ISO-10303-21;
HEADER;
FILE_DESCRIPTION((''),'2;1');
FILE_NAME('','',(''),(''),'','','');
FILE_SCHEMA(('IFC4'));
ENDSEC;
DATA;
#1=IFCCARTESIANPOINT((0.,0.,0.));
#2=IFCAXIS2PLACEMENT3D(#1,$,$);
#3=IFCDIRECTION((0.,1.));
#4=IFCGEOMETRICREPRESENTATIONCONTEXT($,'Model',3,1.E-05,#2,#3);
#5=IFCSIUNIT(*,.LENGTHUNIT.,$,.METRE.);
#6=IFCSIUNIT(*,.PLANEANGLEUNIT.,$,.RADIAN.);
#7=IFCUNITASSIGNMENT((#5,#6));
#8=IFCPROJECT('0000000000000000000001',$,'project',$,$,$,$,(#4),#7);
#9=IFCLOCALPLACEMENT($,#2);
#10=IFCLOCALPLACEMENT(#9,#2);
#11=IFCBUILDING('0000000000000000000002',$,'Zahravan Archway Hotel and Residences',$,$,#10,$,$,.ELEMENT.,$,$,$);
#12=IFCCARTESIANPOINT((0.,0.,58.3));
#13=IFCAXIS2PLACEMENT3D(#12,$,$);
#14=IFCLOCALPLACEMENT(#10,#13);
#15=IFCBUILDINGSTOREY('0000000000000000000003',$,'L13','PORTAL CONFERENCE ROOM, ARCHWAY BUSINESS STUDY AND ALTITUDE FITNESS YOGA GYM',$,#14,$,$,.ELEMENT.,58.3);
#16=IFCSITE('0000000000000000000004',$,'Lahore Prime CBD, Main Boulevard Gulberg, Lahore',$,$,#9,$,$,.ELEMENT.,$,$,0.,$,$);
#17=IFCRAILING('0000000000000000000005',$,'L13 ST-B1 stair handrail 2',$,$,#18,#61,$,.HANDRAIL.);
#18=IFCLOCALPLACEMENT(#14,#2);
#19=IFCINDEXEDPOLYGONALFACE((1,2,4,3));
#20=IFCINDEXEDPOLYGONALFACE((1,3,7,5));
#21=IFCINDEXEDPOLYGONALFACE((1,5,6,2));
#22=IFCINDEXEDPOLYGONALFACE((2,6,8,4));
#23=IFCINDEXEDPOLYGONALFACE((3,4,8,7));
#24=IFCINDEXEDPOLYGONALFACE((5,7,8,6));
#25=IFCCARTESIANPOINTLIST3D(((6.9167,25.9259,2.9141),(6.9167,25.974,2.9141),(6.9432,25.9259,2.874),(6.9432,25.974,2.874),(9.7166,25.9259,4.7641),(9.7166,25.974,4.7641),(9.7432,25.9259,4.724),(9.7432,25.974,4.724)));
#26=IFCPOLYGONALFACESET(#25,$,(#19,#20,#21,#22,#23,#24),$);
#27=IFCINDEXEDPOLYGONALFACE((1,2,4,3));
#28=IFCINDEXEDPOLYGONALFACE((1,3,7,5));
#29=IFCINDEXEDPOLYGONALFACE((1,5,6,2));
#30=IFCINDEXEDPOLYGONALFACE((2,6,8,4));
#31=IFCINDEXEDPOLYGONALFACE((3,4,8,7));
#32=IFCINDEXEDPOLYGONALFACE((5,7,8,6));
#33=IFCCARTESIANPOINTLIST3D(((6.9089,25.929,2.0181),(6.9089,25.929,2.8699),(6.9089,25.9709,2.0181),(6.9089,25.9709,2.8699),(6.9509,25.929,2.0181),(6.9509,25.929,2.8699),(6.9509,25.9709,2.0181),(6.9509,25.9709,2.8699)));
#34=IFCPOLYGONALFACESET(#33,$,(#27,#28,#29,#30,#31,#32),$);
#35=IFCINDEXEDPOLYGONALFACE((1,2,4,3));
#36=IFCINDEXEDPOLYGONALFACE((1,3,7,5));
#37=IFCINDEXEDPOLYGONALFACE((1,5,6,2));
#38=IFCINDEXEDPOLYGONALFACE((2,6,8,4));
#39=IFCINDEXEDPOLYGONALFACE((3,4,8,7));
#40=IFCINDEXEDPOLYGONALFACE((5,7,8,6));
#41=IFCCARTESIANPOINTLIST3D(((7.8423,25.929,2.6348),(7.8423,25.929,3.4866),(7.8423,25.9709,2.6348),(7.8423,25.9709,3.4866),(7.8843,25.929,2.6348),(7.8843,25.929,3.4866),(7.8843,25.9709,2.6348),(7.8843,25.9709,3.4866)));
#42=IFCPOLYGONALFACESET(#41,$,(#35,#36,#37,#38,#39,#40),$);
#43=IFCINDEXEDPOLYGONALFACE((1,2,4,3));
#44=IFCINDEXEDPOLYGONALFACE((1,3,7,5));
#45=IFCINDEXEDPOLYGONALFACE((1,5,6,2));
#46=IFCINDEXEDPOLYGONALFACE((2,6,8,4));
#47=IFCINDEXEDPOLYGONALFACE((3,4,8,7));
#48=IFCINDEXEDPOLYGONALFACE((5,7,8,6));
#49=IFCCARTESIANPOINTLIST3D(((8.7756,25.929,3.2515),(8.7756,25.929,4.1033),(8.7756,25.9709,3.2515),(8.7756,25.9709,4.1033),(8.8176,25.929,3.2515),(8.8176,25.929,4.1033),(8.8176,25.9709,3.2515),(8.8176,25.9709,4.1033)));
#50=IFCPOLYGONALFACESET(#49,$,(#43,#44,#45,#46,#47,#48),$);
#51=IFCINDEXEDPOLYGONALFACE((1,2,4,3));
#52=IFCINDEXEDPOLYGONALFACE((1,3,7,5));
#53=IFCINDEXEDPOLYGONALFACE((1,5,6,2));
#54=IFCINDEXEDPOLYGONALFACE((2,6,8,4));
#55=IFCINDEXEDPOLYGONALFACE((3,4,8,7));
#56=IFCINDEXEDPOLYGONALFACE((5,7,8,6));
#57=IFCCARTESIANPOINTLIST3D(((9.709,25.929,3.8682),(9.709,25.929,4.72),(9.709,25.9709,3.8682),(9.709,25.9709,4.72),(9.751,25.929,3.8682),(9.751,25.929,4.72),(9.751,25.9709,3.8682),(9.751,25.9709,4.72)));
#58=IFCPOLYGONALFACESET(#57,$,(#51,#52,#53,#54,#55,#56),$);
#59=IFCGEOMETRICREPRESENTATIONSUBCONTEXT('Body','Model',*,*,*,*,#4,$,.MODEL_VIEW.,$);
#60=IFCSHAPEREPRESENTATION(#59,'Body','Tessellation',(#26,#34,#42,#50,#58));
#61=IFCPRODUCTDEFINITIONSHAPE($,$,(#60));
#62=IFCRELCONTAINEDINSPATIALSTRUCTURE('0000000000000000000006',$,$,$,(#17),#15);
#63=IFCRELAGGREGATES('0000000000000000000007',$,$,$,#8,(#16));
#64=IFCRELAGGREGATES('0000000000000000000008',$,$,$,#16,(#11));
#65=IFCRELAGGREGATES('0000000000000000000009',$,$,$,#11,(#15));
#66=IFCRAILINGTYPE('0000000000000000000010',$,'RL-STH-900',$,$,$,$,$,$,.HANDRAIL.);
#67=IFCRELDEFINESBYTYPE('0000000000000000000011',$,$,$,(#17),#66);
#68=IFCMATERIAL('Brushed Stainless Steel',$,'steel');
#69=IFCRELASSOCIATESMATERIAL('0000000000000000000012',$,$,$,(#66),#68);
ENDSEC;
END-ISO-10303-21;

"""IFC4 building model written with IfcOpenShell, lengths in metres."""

from ifc_helpers import new_model, si_unit, direction, frame, origin, origin_2d, place, context, subcontext, project, spatial, rectangle, extrude, material, type_object, element, save


model = new_model("IFC4")

# Units and contexts
model_context = context("Model", 3, precision=1e-05, world=origin(), true_north=direction((0.0, 1.0)))
body_context = subcontext(model_context, "Body", "Model", "MODEL_VIEW")
ifc_project = project(units=[si_unit("LENGTHUNIT", "METRE"), si_unit("PLANEANGLEUNIT", "RADIAN")], contexts=[model_context])

# Site, building, storey
site_placement = place(None, origin())
site = spatial("IfcSite", under=ifc_project, at=site_placement, Name="Lahore Prime CBD, Main Boulevard Gulberg, Lahore", CompositionType="ELEMENT", RefElevation=0.0)
building_placement = place(site_placement, origin())
building = spatial("IfcBuilding", under=site, at=building_placement, Name="Zahravan Archway Hotel and Residences", CompositionType="ELEMENT")
storey_placement = place(building_placement, frame((0.0, 0.0, 58.3)))
storey = spatial("IfcBuildingStorey", under=building, at=storey_placement, Name="L13", Description="PORTAL CONFERENCE ROOM, ARCHWAY BUSINESS STUDY AND ALTITUDE FITNESS YOGA GYM", CompositionType="ELEMENT", Elevation=58.3)

# Shared definitions
ifc_material_1 = material(Name="Brushed Stainless Steel", Category="steel")

# Railing
railing_type_1 = type_object("IfcRailingType", Name="RL-STH-900", PredefinedType="HANDRAIL", material=ifc_material_1)
railing_1_placement = place(storey_placement, frame((6.9299, 25.95, 2.0181)))
element("IfcRailing", 1, at=railing_1_placement, inside=storey, type_object=railing_type_1, Name="L13 ST-B1 stair handrail 2", PredefinedType="HANDRAIL", context=body_context, shape_type="SweptSolid", body=[
    extrude(rectangle(XDim=0.0481, YDim=0.0481, at=origin_2d()), frame((0.0, 0.0, 0.876), z_axis=(0.834326, 0.0, 0.551271), x_axis=(0.0, 1.0, 0.0)), (0.0, 0.0, 1.0), 3.356),
    extrude(rectangle(XDim=0.042, YDim=0.042, at=origin_2d()), origin(), (0.0, 0.0, 1.0), 0.8518),
    extrude(rectangle(XDim=0.042, YDim=0.042, at=origin_2d()), frame((0.9333, 0.0, 0.6167)), (0.0, 0.0, 1.0), 0.8518),
    extrude(rectangle(XDim=0.042, YDim=0.042, at=origin_2d()), frame((1.8667, 0.0, 1.2334)), (0.0, 0.0, 1.0), 0.8518),
    extrude(rectangle(XDim=0.042, YDim=0.042, at=origin_2d()), frame((2.8, 0.0, 1.8501)), (0.0, 0.0, 1.0), 0.8518),
])

save(model, "model.ifc")
